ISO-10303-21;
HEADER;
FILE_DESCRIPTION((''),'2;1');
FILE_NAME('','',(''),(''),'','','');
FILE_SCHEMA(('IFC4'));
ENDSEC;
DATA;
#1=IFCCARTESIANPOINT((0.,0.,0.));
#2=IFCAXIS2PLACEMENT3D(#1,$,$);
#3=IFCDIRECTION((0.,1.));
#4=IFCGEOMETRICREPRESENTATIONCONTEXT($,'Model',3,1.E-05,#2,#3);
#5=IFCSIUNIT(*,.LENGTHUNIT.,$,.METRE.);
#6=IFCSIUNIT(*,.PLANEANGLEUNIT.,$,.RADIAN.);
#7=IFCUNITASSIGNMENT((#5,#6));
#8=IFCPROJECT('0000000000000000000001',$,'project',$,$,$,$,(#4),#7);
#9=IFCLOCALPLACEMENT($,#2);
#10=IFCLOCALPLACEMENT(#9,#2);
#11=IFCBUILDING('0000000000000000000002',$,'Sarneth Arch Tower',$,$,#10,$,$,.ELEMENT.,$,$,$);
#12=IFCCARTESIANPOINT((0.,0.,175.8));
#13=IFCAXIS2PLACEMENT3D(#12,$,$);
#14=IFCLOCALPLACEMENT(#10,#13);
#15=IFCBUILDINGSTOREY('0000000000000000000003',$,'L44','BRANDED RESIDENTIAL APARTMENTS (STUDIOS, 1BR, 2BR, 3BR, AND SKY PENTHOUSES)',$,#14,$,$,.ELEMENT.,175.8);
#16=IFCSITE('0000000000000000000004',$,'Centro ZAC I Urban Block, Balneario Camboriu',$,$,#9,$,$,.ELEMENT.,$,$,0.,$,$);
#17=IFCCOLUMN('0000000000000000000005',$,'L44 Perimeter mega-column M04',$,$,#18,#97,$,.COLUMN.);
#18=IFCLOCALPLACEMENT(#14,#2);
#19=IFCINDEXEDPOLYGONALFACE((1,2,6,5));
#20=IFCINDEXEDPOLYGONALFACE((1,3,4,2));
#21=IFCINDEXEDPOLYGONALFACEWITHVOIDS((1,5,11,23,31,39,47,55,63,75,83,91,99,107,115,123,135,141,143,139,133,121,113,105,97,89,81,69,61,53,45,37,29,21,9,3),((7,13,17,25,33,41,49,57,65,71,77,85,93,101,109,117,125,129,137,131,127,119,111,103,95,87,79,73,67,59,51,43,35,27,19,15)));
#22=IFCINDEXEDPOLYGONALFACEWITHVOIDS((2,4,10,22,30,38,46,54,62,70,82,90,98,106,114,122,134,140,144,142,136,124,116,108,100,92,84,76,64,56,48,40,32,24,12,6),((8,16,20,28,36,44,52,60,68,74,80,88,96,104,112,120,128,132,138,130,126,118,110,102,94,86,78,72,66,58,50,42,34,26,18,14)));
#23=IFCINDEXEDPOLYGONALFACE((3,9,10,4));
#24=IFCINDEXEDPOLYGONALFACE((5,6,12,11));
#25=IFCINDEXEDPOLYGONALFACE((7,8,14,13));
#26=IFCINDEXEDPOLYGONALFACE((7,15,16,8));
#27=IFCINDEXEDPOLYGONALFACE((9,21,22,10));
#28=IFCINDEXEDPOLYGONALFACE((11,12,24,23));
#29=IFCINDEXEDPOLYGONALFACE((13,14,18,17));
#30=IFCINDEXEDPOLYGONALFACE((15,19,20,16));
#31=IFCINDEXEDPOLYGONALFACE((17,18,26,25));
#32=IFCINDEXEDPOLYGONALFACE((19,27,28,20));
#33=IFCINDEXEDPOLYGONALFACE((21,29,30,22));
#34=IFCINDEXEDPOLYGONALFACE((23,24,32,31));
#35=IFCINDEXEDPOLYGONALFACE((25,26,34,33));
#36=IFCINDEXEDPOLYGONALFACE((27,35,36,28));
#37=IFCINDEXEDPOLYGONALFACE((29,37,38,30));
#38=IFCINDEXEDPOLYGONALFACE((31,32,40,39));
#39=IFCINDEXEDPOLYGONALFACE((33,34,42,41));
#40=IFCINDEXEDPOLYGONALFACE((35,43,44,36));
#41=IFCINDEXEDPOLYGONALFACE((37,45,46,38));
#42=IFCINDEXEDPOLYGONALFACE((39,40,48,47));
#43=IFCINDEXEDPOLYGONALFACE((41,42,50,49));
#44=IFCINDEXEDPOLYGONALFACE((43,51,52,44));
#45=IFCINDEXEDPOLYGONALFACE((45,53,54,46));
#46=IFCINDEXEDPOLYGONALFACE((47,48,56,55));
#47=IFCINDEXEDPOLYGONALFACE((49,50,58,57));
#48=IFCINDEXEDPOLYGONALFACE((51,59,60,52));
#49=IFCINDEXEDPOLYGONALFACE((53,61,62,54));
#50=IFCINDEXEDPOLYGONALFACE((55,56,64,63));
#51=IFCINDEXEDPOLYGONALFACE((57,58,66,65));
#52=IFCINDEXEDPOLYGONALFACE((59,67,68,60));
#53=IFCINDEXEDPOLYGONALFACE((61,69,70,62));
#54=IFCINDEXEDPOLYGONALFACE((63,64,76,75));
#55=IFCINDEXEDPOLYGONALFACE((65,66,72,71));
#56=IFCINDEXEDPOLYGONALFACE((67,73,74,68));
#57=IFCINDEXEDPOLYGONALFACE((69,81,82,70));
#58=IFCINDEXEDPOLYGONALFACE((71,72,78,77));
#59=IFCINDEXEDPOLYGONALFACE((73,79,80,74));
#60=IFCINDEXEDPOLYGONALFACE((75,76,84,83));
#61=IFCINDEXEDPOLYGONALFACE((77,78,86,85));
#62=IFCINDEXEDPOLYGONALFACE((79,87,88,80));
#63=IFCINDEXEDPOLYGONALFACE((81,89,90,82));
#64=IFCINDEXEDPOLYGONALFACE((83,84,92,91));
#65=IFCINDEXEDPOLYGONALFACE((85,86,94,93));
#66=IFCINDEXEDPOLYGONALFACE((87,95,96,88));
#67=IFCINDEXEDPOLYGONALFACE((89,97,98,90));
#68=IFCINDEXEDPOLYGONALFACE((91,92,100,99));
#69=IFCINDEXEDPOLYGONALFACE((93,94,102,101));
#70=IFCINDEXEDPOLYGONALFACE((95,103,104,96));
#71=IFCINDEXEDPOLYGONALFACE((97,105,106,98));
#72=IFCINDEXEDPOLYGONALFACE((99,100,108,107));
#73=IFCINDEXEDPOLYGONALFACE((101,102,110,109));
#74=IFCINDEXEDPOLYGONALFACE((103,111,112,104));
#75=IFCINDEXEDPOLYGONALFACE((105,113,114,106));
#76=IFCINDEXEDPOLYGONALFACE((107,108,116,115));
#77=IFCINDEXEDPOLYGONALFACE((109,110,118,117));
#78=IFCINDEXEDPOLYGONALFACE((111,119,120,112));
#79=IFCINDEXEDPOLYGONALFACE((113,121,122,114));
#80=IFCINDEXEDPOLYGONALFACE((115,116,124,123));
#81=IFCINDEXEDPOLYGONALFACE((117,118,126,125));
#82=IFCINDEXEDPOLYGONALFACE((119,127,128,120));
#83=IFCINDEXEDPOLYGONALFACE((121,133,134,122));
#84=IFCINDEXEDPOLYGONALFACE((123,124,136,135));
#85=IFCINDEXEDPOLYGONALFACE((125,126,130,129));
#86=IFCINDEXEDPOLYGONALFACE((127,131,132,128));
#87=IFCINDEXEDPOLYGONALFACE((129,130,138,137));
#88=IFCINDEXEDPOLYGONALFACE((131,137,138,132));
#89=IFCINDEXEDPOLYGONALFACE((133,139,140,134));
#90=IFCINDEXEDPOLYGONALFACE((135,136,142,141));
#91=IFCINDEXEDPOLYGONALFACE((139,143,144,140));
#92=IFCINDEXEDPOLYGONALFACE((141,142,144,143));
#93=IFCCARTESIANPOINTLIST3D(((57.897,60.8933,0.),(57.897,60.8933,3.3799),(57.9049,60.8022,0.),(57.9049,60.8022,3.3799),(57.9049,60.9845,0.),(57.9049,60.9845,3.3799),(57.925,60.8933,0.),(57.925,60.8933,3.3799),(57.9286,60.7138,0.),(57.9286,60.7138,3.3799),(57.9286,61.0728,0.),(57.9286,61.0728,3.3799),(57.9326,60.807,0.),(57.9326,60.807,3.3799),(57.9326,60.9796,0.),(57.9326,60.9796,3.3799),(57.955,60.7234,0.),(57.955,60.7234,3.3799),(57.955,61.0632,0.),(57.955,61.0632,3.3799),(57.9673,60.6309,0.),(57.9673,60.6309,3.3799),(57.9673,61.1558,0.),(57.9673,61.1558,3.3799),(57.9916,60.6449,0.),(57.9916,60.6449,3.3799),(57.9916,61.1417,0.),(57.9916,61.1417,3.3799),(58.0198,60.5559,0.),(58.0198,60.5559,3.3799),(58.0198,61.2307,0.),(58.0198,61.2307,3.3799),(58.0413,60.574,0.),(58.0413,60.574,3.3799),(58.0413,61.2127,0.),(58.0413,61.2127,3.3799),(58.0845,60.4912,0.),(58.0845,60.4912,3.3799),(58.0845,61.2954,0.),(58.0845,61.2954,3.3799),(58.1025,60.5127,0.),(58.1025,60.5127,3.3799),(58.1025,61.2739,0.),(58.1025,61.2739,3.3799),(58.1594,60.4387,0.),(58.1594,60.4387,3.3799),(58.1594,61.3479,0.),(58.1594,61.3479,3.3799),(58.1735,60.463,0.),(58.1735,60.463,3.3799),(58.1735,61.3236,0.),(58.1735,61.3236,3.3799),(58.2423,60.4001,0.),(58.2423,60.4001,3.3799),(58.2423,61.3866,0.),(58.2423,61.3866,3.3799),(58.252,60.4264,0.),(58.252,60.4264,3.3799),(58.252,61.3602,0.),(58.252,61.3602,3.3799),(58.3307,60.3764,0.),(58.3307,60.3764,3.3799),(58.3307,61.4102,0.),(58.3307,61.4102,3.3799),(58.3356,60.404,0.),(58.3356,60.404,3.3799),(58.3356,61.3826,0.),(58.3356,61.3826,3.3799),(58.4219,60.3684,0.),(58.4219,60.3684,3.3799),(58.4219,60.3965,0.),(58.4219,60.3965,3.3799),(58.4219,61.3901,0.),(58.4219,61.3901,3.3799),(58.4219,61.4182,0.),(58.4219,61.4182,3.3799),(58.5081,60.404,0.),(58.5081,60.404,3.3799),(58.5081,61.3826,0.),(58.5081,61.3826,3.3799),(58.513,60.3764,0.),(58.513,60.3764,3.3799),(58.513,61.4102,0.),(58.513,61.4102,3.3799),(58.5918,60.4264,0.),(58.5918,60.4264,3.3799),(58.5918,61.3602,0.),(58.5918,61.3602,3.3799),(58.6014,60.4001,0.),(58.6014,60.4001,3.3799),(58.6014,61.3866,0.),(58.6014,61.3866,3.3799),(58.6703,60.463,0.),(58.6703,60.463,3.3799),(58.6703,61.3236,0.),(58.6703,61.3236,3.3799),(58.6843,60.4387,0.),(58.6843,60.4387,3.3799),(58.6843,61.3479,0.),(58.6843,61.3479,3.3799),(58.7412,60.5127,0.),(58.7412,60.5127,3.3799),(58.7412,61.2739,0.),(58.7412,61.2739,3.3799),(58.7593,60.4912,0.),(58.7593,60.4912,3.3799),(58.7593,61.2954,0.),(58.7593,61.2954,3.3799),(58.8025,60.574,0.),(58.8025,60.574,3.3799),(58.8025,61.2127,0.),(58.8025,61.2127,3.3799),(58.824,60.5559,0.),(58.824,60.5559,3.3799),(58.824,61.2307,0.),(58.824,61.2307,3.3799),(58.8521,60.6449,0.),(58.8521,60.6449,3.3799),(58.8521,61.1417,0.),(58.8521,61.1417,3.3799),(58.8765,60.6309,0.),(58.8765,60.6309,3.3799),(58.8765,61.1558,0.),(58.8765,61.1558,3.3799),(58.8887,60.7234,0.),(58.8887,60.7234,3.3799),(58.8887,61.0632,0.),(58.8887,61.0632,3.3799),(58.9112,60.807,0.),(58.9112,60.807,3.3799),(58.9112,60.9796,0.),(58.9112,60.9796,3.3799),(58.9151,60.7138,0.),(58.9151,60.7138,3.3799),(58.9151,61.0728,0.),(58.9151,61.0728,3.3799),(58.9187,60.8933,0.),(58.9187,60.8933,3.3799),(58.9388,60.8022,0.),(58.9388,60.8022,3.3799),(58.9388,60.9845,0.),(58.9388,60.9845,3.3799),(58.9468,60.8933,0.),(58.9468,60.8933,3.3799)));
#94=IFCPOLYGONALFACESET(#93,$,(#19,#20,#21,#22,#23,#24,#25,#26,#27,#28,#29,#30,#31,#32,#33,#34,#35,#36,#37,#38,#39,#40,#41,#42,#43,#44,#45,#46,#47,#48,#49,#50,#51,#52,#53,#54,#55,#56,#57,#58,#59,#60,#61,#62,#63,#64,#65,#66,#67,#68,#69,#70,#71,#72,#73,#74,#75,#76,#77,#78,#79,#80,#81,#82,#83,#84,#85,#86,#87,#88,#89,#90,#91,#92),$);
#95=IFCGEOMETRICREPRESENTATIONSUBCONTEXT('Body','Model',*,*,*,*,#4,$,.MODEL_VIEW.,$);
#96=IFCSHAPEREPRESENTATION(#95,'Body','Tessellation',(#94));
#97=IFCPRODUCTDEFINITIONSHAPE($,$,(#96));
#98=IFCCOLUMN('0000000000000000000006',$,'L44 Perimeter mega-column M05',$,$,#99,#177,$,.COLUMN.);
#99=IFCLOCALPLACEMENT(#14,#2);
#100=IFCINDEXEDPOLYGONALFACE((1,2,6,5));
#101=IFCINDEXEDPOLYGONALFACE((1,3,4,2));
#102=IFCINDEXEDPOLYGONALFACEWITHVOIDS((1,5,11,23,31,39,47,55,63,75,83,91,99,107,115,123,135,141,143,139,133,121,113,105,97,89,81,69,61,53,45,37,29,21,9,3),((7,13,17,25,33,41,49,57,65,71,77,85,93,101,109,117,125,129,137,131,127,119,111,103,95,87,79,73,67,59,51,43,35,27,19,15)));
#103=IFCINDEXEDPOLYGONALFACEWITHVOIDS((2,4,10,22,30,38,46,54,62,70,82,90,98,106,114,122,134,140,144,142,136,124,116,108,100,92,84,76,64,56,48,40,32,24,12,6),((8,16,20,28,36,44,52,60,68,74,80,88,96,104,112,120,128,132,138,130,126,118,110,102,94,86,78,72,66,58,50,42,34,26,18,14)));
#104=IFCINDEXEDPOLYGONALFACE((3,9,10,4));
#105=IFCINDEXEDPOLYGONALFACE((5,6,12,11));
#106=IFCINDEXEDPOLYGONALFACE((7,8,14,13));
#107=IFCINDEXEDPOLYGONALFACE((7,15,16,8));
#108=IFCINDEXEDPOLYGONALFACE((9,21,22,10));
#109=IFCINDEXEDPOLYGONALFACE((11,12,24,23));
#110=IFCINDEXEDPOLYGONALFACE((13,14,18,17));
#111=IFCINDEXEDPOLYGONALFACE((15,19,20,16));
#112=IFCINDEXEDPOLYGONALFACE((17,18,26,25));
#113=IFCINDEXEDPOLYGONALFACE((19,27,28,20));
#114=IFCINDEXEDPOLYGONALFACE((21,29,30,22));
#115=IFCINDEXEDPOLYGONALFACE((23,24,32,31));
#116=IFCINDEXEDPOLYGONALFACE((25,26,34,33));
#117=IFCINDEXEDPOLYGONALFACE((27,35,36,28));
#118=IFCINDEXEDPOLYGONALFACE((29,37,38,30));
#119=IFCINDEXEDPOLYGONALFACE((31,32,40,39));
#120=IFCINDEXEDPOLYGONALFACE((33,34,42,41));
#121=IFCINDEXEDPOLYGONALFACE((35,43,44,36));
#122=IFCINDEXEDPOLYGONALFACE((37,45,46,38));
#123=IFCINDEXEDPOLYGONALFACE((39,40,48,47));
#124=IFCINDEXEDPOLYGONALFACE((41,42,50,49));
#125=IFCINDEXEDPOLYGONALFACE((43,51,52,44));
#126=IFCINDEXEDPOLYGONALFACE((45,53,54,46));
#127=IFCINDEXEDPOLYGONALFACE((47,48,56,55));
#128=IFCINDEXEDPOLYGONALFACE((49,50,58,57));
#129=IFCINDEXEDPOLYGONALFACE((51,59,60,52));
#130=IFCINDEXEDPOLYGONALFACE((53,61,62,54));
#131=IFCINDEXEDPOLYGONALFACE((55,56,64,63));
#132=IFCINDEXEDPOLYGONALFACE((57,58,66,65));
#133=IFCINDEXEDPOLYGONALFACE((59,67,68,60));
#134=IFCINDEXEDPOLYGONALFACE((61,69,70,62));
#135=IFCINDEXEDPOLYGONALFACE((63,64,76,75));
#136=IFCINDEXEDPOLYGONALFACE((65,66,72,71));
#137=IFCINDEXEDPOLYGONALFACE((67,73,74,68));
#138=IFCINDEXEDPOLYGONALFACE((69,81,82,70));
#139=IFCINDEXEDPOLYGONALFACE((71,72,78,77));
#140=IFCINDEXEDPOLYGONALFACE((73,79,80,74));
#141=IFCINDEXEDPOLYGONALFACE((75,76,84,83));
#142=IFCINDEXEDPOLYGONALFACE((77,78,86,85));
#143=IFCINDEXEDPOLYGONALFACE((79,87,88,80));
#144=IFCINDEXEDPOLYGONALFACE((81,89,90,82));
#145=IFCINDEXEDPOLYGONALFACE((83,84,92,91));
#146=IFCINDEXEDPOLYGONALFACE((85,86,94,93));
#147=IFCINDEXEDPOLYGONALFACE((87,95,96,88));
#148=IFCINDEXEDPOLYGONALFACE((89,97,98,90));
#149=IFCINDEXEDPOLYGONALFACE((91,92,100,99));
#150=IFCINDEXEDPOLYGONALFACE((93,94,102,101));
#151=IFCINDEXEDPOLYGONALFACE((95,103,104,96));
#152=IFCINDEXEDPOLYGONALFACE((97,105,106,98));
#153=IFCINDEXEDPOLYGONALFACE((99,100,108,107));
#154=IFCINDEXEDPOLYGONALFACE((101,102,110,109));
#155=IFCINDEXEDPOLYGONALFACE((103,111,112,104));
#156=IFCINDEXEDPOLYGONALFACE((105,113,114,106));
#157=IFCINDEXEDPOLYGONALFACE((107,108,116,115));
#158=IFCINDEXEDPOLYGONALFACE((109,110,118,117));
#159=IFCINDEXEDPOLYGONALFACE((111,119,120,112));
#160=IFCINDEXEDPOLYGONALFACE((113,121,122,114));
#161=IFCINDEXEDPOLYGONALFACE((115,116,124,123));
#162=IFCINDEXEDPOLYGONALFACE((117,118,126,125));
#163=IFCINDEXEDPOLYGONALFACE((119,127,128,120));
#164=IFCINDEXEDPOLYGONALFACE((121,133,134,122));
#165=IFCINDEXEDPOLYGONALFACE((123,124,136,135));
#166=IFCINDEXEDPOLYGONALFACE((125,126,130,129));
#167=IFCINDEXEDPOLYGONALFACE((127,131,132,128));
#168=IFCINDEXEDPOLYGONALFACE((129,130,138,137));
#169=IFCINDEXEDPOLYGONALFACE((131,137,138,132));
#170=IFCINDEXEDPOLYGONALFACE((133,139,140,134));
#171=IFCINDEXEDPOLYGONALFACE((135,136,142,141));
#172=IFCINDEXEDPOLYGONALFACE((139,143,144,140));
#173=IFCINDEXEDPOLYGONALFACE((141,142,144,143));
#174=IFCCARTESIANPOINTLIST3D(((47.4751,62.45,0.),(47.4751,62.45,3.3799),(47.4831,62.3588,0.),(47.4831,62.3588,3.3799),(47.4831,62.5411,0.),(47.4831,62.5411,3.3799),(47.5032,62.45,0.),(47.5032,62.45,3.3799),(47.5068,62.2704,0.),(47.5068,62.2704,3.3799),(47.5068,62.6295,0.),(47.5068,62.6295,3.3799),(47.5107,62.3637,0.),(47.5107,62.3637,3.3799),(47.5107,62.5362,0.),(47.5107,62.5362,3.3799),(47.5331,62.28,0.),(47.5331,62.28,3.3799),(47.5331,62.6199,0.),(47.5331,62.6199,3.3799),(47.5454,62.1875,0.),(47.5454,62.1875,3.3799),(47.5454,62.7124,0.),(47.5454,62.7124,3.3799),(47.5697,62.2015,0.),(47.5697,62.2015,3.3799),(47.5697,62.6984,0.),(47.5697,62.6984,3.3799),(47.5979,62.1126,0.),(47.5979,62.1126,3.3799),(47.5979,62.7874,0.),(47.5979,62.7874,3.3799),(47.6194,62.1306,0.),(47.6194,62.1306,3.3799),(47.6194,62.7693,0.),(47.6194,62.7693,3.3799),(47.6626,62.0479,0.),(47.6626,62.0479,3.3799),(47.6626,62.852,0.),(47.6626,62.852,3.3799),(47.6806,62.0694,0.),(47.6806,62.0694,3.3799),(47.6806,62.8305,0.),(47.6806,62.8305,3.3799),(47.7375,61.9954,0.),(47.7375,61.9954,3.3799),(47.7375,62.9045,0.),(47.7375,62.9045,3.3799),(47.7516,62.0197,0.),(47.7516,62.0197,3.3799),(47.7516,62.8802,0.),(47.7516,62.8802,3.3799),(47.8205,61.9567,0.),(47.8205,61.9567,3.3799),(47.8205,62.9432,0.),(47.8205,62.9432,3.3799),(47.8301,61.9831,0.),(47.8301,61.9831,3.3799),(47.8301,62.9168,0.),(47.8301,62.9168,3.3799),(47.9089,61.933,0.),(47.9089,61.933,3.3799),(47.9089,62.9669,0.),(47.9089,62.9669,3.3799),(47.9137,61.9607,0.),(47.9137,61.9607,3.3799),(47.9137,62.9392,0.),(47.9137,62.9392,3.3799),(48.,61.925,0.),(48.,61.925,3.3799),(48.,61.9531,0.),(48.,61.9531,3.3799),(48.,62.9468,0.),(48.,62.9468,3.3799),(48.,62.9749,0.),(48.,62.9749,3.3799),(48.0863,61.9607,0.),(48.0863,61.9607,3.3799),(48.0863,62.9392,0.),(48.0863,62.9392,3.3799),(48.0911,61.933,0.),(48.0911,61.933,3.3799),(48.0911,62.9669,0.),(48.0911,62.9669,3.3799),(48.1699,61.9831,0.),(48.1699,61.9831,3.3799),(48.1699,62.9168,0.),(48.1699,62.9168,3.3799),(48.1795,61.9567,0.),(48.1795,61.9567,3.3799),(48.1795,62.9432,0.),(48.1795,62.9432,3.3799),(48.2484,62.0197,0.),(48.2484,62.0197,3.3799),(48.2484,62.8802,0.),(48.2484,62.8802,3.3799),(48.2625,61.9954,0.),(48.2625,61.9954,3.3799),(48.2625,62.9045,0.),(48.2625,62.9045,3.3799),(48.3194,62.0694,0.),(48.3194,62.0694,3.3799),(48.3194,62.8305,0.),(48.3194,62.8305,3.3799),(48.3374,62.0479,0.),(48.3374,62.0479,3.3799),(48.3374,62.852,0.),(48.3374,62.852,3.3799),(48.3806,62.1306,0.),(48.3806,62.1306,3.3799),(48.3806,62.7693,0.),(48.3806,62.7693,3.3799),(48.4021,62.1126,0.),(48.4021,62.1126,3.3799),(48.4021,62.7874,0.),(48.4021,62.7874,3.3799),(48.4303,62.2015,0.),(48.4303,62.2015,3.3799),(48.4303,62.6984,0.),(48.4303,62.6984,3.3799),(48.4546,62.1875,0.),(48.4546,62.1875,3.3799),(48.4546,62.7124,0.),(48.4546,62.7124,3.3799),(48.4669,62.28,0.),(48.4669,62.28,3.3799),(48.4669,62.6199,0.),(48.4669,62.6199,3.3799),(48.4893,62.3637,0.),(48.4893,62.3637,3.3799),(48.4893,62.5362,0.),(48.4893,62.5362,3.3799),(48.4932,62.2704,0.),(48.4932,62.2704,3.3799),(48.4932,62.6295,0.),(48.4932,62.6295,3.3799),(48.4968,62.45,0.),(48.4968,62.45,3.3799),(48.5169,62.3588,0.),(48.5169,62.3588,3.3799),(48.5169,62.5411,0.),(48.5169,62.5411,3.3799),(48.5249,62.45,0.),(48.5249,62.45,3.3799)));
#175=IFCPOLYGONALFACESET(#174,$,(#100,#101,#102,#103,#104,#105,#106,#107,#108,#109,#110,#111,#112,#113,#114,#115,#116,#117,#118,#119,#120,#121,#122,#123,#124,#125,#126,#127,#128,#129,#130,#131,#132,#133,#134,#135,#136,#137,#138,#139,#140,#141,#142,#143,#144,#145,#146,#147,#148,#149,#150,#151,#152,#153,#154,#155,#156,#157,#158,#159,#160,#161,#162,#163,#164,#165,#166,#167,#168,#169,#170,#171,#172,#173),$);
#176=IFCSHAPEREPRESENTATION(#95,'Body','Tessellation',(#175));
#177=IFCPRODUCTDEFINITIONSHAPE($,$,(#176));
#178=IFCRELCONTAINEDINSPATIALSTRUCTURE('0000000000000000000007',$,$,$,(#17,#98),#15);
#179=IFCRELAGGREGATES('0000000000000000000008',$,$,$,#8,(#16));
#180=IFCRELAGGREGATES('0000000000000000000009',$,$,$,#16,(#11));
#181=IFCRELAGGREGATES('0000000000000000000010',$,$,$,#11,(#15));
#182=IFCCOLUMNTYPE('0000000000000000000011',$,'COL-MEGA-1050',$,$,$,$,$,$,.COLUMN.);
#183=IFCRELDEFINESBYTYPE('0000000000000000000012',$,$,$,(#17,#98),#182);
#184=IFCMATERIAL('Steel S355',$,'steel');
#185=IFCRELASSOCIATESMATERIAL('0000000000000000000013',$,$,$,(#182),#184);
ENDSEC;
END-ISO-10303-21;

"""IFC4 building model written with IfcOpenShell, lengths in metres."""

from ifc_helpers import new_model, si_unit, direction, frame, origin, origin_2d, place, context, subcontext, project, spatial, hollow_circle, extrude, material, material_profile, profile_set, type_object, element, save


model = new_model("IFC4")

# Units and contexts
model_context = context("Model", 3, precision=1e-05, world=origin(), true_north=direction((0.0, 1.0)))
body_context = subcontext(model_context, "Body", "Model", "MODEL_VIEW")
ifc_project = project(units=[si_unit("LENGTHUNIT", "METRE"), si_unit("PLANEANGLEUNIT", "RADIAN")], contexts=[model_context])

# Site, building, storey
site_placement = place(None, origin())
site = spatial("IfcSite", under=ifc_project, at=site_placement, Name="Centro ZAC I Urban Block, Balneario Camboriu", CompositionType="ELEMENT", RefElevation=0.0)
building_placement = place(site_placement, origin())
building = spatial("IfcBuilding", under=site, at=building_placement, Name="Sarneth Arch Tower", CompositionType="ELEMENT")
storey_placement = place(building_placement, frame((0.0, 0.0, 175.8)))
storey = spatial("IfcBuildingStorey", under=building, at=storey_placement, Name="L44", Description="BRANDED RESIDENTIAL APARTMENTS (STUDIOS, 1BR, 2BR, 3BR, AND SKY PENTHOUSES)", CompositionType="ELEMENT", Elevation=175.8)

# Columns
ifc_material_1 = material(Name="Steel S355", Category="steel")
ifc_material_profile_1 = material_profile(ifc_material_1, hollow_circle(Radius=0.5249, WallThickness=0.0281, at=origin_2d()), Name="CHS1050x28")
ifc_profile_set_1 = profile_set([ifc_material_profile_1], Name="Steel S355")
column_type = type_object("IfcColumnType", Name="COL-MEGA-1050", PredefinedType="COLUMN", material=ifc_profile_set_1)
for number, where, z_axis, x_axis, name in (
    (1, (58.4219, 60.8933, 0.0), (0.0, 0.0, 1.0), (1.0, 0.0, 0.0), "L44 Perimeter mega-column M04"),
    (2, (48.0, 62.45, 0.0), (0.0, 0.0, 1.0), (1.0, 0.0, 0.0), "L44 Perimeter mega-column M05"),
):
    element("IfcColumn", number, at=place(storey_placement, frame(where, z_axis=z_axis, x_axis=x_axis)), inside=storey, type_object=column_type, Name=name, PredefinedType="COLUMN", context=body_context, shape_type="SweptSolid", body=[
        extrude(hollow_circle(Radius=0.5249, WallThickness=0.0281, at=origin_2d()), origin(), (0.0, 0.0, 1.0), 3.3799),
    ])

save(model, "model.ifc")
